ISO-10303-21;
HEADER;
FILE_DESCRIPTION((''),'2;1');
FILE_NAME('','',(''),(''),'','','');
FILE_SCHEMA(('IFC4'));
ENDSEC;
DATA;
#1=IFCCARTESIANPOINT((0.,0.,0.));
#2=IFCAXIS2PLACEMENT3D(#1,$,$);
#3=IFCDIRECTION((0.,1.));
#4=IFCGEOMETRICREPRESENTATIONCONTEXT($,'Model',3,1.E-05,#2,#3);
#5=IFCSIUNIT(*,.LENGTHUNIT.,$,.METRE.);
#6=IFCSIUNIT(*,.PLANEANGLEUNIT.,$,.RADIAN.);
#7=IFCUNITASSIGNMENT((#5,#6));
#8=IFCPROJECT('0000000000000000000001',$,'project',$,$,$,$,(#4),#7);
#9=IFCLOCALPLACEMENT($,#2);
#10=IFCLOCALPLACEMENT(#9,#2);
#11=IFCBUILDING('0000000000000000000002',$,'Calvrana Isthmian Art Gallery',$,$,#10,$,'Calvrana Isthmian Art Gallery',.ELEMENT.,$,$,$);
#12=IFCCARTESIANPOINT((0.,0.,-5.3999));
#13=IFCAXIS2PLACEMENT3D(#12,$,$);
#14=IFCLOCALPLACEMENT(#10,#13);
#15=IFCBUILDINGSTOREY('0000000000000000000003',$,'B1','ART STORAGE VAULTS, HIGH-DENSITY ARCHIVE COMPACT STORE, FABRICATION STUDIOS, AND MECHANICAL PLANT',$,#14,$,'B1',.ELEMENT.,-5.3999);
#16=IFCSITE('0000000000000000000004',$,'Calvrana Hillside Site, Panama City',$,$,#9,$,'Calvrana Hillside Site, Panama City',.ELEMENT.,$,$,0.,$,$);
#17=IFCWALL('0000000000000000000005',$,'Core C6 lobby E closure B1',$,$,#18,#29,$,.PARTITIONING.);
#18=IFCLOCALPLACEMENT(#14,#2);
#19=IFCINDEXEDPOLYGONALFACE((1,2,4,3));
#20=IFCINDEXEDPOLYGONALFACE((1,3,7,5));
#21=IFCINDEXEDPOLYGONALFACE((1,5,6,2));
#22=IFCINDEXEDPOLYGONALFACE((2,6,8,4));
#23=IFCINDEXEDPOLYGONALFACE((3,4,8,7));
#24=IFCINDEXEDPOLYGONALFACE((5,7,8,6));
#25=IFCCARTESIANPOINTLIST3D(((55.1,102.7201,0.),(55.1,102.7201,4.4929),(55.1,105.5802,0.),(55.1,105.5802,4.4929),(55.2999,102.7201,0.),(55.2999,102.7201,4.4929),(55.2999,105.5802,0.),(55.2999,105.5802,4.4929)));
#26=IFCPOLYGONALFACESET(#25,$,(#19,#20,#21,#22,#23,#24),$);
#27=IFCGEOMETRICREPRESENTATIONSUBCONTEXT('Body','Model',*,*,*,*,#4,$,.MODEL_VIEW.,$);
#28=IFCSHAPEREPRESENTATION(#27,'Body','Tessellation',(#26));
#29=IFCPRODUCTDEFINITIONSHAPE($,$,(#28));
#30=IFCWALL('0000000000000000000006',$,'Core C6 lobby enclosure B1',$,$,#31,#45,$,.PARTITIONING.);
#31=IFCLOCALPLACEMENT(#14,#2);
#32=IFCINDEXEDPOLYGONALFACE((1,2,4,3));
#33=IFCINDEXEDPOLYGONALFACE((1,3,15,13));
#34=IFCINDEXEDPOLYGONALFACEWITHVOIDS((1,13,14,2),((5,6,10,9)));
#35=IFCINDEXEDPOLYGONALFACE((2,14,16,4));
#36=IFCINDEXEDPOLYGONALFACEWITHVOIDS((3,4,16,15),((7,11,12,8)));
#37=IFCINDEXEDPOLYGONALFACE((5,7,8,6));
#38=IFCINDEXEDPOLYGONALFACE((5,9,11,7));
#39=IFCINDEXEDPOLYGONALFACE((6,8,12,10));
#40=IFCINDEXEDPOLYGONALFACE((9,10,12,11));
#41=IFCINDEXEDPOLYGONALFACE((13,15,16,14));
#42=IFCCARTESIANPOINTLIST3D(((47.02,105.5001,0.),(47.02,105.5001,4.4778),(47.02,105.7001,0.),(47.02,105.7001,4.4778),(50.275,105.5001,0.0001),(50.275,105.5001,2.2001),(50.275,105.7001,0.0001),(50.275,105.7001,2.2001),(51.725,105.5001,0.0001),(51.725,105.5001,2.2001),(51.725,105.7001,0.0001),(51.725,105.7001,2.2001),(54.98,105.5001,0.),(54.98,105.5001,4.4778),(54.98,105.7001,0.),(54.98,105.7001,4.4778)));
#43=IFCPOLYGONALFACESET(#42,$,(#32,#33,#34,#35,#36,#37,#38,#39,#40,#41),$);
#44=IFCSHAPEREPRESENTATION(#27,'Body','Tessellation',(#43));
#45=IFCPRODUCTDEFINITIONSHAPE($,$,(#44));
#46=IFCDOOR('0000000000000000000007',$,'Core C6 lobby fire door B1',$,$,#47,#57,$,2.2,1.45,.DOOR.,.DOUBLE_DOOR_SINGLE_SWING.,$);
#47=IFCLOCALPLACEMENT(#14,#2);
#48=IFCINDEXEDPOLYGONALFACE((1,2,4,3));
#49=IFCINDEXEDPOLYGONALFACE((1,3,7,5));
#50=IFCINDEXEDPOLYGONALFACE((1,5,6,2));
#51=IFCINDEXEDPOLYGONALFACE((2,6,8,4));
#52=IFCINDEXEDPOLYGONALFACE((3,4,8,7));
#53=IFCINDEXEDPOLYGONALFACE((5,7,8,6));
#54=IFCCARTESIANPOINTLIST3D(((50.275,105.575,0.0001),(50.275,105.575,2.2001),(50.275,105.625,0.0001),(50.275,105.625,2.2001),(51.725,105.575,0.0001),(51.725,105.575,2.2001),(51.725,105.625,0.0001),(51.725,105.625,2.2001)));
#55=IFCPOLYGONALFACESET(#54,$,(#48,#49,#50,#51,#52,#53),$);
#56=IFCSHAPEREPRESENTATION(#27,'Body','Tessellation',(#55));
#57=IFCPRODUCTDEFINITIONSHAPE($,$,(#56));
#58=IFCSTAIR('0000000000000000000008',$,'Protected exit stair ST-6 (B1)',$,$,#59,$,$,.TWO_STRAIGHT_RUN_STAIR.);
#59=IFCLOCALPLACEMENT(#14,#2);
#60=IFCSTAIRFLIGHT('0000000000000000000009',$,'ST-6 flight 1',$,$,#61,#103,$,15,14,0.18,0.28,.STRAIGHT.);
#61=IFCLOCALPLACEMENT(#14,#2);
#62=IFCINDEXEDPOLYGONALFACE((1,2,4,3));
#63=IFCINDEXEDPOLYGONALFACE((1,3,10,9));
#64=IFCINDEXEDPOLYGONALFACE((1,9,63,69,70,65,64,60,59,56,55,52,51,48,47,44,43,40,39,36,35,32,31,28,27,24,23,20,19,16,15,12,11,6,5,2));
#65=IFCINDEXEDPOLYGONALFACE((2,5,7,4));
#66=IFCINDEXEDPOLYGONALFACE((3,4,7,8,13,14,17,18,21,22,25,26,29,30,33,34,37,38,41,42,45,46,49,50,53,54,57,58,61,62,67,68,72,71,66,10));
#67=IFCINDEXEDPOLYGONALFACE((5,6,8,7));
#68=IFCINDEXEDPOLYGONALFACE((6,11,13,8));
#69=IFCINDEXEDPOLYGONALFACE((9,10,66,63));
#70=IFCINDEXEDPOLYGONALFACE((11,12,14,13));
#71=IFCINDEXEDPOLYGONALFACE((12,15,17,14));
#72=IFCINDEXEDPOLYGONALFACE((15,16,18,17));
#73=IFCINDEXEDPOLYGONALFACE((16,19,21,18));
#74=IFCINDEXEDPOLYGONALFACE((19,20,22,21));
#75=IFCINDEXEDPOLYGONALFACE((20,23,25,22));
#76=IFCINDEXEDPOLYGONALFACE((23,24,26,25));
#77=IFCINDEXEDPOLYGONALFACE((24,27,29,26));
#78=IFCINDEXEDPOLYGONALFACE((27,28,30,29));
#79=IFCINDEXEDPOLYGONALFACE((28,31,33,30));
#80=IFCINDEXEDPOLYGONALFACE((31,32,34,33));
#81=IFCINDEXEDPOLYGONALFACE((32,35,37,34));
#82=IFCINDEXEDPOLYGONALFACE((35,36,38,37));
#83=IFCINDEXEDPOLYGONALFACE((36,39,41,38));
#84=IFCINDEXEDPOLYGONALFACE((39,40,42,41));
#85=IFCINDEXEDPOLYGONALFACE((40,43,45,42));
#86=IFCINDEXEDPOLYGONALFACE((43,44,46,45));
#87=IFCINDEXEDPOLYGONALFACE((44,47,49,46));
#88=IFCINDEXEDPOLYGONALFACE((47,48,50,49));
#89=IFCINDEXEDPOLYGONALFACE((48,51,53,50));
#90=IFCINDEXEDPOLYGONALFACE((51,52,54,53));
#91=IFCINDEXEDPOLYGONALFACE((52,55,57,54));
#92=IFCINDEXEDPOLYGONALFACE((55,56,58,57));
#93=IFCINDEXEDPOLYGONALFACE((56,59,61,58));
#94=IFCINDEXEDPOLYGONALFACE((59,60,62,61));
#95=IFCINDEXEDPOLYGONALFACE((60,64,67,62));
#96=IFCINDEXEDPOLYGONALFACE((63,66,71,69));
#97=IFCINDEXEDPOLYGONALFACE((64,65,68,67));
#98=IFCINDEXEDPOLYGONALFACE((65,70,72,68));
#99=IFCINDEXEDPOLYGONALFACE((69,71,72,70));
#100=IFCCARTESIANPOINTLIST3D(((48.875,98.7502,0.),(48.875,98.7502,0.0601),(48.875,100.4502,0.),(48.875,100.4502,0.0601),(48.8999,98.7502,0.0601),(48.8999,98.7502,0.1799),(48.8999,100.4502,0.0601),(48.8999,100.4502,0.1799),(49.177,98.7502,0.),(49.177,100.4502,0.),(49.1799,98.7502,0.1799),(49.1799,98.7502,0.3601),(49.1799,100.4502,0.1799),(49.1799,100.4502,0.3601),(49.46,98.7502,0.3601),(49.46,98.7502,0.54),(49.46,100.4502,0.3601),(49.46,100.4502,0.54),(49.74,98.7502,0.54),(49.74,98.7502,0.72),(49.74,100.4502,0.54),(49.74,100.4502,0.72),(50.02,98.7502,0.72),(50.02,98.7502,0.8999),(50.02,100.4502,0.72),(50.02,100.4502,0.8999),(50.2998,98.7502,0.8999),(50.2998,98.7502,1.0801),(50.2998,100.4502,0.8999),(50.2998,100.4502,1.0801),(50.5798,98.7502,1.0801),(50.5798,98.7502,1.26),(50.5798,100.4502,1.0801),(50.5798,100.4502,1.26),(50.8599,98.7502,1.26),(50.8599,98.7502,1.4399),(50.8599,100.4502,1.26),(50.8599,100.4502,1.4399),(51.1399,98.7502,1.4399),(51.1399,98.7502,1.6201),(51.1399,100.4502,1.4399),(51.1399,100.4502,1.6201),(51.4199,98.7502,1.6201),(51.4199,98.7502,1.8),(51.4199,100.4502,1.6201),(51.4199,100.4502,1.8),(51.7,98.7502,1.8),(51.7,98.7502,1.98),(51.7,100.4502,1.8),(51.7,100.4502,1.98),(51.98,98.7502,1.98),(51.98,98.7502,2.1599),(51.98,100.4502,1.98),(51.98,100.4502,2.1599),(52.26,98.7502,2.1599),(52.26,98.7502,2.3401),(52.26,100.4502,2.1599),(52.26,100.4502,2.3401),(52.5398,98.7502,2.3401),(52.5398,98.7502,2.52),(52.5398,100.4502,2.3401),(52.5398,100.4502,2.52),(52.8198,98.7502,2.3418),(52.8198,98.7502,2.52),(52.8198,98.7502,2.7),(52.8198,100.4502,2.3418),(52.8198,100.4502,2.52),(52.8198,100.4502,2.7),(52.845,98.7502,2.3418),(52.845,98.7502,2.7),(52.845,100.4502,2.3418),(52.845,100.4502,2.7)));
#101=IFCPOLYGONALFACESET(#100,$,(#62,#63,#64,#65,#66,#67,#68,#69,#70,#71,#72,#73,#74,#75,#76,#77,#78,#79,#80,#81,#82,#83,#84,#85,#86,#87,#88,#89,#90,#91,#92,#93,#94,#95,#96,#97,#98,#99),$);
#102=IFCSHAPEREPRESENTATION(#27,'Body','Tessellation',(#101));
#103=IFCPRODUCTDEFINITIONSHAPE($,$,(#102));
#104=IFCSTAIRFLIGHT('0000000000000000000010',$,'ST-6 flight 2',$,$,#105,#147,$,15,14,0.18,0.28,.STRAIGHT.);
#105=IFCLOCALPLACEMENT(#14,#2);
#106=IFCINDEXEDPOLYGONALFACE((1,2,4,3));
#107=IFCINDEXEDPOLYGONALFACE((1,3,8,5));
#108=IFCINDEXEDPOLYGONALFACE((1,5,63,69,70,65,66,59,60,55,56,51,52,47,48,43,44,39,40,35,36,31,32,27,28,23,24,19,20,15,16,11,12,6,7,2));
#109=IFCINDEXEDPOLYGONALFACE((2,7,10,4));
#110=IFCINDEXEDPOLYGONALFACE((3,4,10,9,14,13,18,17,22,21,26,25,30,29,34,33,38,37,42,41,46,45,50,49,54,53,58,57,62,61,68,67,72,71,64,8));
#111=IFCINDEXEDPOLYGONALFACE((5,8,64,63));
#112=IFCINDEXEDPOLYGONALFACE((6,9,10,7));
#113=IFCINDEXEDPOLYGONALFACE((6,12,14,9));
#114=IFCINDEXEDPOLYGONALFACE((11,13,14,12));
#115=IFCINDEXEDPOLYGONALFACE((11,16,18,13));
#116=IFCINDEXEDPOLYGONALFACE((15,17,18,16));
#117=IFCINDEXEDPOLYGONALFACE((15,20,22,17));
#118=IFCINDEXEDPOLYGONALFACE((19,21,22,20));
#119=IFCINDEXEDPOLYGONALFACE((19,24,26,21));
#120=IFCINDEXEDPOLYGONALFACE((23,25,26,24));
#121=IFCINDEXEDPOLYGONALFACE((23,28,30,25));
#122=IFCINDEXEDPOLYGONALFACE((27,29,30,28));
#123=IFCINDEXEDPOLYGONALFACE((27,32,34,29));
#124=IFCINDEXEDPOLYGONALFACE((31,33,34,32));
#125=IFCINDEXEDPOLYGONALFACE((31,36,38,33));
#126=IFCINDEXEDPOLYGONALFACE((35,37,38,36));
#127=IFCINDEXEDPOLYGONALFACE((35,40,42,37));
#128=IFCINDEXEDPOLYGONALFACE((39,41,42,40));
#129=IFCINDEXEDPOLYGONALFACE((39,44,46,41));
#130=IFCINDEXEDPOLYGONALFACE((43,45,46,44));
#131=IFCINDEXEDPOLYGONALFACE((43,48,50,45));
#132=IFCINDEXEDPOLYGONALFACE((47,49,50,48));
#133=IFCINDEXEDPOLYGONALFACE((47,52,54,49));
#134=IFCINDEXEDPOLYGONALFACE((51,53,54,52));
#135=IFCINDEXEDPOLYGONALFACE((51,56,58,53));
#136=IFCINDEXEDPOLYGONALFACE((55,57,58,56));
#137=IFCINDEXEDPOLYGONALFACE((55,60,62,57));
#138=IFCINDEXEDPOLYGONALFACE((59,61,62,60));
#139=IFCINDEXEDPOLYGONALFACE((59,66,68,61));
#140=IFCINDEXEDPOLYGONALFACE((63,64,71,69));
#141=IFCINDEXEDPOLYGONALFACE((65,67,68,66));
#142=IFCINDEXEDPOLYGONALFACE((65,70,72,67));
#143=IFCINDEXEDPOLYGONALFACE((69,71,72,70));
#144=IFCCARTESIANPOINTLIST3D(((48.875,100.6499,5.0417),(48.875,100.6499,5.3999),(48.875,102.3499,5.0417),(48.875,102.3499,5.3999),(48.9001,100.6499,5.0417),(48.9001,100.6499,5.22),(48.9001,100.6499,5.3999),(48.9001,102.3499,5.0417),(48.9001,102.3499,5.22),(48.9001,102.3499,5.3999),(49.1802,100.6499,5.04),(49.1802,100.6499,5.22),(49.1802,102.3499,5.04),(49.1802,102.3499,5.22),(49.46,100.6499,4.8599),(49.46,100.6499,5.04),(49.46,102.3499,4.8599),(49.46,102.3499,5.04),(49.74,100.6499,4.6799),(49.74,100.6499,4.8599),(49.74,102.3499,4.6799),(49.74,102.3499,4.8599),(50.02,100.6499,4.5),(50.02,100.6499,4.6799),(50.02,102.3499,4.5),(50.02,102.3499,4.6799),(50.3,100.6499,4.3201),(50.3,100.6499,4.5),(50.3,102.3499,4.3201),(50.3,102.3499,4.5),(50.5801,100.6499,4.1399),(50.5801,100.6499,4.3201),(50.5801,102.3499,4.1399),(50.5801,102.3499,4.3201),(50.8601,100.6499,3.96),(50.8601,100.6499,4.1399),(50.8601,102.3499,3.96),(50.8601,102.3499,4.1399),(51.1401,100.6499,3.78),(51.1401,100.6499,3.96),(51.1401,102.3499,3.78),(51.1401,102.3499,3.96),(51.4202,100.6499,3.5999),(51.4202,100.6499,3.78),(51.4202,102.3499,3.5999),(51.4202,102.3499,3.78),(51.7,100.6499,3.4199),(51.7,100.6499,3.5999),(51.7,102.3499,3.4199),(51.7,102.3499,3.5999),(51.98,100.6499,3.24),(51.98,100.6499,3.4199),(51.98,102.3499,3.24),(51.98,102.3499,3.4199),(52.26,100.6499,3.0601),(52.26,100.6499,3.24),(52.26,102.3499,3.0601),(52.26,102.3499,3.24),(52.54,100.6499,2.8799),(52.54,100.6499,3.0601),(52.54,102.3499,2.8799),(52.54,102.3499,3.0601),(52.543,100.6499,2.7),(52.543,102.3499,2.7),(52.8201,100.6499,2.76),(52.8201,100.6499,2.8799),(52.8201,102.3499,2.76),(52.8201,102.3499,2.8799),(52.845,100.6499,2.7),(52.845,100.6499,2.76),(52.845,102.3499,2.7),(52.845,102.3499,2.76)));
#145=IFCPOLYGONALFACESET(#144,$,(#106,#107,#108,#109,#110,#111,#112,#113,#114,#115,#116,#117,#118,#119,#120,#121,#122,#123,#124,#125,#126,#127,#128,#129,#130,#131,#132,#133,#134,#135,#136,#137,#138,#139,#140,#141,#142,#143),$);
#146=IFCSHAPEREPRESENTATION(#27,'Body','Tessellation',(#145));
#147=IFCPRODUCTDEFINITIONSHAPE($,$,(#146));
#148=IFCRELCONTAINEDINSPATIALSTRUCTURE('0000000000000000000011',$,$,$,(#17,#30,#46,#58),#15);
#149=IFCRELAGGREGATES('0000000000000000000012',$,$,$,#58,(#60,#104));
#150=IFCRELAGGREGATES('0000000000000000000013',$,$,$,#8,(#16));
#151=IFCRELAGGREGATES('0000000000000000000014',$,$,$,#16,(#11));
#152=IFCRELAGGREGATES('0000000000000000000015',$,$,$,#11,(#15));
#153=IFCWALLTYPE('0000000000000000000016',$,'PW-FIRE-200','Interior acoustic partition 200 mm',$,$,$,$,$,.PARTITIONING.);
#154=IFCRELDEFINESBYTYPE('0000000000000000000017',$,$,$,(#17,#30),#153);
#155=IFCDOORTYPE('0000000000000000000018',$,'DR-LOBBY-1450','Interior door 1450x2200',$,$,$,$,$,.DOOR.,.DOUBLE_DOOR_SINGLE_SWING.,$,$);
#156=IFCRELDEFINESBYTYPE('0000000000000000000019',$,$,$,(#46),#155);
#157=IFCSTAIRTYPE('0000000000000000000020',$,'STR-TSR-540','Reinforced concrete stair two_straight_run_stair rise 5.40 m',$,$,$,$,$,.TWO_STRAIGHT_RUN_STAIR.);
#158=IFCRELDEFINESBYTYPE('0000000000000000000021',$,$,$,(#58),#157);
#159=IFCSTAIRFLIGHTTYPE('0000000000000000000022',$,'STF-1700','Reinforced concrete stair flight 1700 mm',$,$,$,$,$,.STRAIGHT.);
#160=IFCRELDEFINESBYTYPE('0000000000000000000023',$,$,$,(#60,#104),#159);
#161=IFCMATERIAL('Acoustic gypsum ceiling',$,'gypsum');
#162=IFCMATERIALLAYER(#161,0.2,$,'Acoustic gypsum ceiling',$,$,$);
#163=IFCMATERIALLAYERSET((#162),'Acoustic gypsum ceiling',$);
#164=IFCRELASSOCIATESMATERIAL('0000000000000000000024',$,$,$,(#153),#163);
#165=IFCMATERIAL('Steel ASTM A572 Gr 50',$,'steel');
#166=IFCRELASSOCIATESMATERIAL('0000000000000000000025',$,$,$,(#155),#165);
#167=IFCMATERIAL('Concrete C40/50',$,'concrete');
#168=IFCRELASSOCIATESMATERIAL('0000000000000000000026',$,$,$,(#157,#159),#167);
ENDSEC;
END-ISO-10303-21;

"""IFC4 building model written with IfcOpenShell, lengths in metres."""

from ifc_helpers import new_model, si_unit, direction, frame, frame_2d, origin, place, context, subcontext, project, spatial, polyline, rectangle, outline, extrude, material, layer, layer_set, type_object, element, fill, aggregate, save


model = new_model("IFC4")

# Units and contexts
model_context = context("Model", 3, precision=1e-05, world=origin(), true_north=direction((0.0, 1.0)))
body_context = subcontext(model_context, "Body", "Model", "MODEL_VIEW")
ifc_project = project(units=[si_unit("LENGTHUNIT", "METRE"), si_unit("PLANEANGLEUNIT", "RADIAN")], contexts=[model_context])

# Site, building, storey
site_placement = place(None, origin())
site = spatial("IfcSite", under=ifc_project, at=site_placement, Name="Calvrana Hillside Site, Panama City", LongName="Calvrana Hillside Site, Panama City", CompositionType="ELEMENT", RefElevation=0.0)
building_placement = place(site_placement, origin())
building = spatial("IfcBuilding", under=site, at=building_placement, Name="Calvrana Isthmian Art Gallery", LongName="Calvrana Isthmian Art Gallery", CompositionType="ELEMENT")
storey_placement = place(building_placement, frame((0.0, 0.0, -5.3999)))
storey = spatial("IfcBuildingStorey", under=building, at=storey_placement, Name="B1", Description="ART STORAGE VAULTS, HIGH-DENSITY ARCHIVE COMPACT STORE, FABRICATION STUDIOS, AND MECHANICAL PLANT", LongName="B1", CompositionType="ELEMENT", Elevation=-5.3999)

# Shared definitions
ifc_material_1 = material(Name="Concrete C40/50", Category="concrete")
ifc_material_2 = material(Name="Steel ASTM A572 Gr 50", Category="steel")

# Wall
ifc_material_3 = material(Name="Acoustic gypsum ceiling", Category="gypsum")
ifc_layer_1 = layer(ifc_material_3, 0.2, Name="Acoustic gypsum ceiling")
ifc_layer_set_1 = layer_set([ifc_layer_1], Name="Acoustic gypsum ceiling")
wall_type_1 = type_object("IfcWallType", Name="PW-FIRE-200", Description="Interior acoustic partition 200 mm", PredefinedType="PARTITIONING", material=ifc_layer_set_1)
wall_1_placement = place(storey_placement, frame((55.2, 102.72, 0.0), z_axis=(0.0, 0.0, 1.0), x_axis=(0.0, 1.0, 0.0)))
element("IfcWall", 1, at=wall_1_placement, inside=storey, type_object=wall_type_1, Name="Core C6 lobby E closure B1", PredefinedType="PARTITIONING", context=body_context, shape_type="SweptSolid", body=[
    extrude(rectangle(XDim=2.8601, YDim=0.2, at=frame_2d((1.4302, 0.0))), origin(), (0.0, 0.0, 1.0), 4.4929),
])

# Wall, opening, door
wall_2_placement = place(storey_placement, frame((47.02, 105.6001, 0.0), z_axis=(0.0, 0.0, 1.0), x_axis=(1.0, 0.0, 0.0)))
wall_2 = element("IfcWall", 2, at=wall_2_placement, inside=storey, type_object=wall_type_1, Name="Core C6 lobby enclosure B1", PredefinedType="PARTITIONING", context=body_context, shape_type="SweptSolid", body=[
    extrude(rectangle(XDim=7.96, YDim=0.2, at=frame_2d((3.98, 0.0))), origin(), (0.0, 0.0, 1.0), 4.4778),
])
opening_1_placement = place(wall_2_placement, frame((3.2549, 0.0, 0.0)))
opening_1 = element("IfcOpeningElement", 3, at=opening_1_placement, cuts=wall_2, PredefinedType="OPENING", context=body_context, shape_type="SweptSolid", body=[
    extrude(rectangle(XDim=1.45, YDim=2.2, at=frame_2d((0.7251, 1.1001))), frame((0.0, 0.1104, 0.0), z_axis=(0.0, -1.0, 0.0), x_axis=(1.0, 0.0, 0.0)), (0.0, 0.0, 1.0), 0.2205),
])
door_type_1 = type_object("IfcDoorType", Name="DR-LOBBY-1450", Description="Interior door 1450x2200", OperationType="DOUBLE_DOOR_SINGLE_SWING", PredefinedType="DOOR", material=ifc_material_2)
door_1_placement = place(opening_1_placement, origin())
door_1 = element("IfcDoor", 4, at=door_1_placement, inside=storey, type_object=door_type_1, Name="Core C6 lobby fire door B1", OperationType="DOUBLE_DOOR_SINGLE_SWING", OverallHeight=2.2, OverallWidth=1.45, PredefinedType="DOOR", context=body_context, shape_type="SweptSolid", body=[
    extrude(rectangle(XDim=1.45, YDim=2.2, at=frame_2d((0.7251, 1.1001))), frame((0.0, 0.0249, 0.0), z_axis=(0.0, -1.0, 0.0), x_axis=(1.0, 0.0, 0.0)), (0.0, 0.0, 1.0), 0.05),
])
fill(opening_1, door_1)

# Stair, stair flights
stair_type = type_object("IfcStairType", Name="STR-TSR-540", Description="Reinforced concrete stair two_straight_run_stair rise 5.40 m", PredefinedType="TWO_STRAIGHT_RUN_STAIR", material=ifc_material_1)
stair_placement = place(storey_placement, origin())
stair = element("IfcStair", 5, at=stair_placement, inside=storey, type_object=stair_type, Name="Protected exit stair ST-6 (B1)", PredefinedType="TWO_STRAIGHT_RUN_STAIR")
stair_flight_type = type_object("IfcStairFlightType", Name="STF-1700", Description="Reinforced concrete stair flight 1700 mm", PredefinedType="STRAIGHT", material=ifc_material_1)
stair_flight_1_placement = place(storey_placement, frame((48.8999, 99.6001, 0.0), z_axis=(0.0, 0.0, 1.0), x_axis=(1.0, 0.0, 0.0)))
stair_flight_1 = element("IfcStairFlight", 6, at=stair_flight_1_placement, type_object=stair_flight_type, Name="ST-6 flight 1", NumberOfRisers=15, NumberOfTreads=14, PredefinedType="STRAIGHT", RiserHeight=0.18, TreadLength=0.28, context=body_context, shape_type="SweptSolid", body=[
    extrude(outline(polyline([(-0.0249, 0.0), (-0.0249, 0.0601), (0.0, 0.0601), (0.0, 0.1799), (0.28, 0.1799), (0.28, 0.3601), (0.5601, 0.3601), (0.5601, 0.54), (0.8401, 0.54), (0.8401, 0.72), (1.1201, 0.72), (1.1201, 0.8999), (1.3999, 0.8999), (1.3999, 1.0801), (1.6799, 1.0801), (1.6799, 1.26), (1.96, 1.26), (1.96, 1.4399), (2.24, 1.4399), (2.24, 1.6201), (2.52, 1.6201), (2.52, 1.8), (2.8, 1.8), (2.8, 1.98), (3.0801, 1.98), (3.0801, 2.1599), (3.3601, 2.1599), (3.3601, 2.3401), (3.6399, 2.3401), (3.6399, 2.52), (3.9199, 2.52), (3.9199, 2.7), (3.9451, 2.7), (3.9451, 2.3418), (3.9199, 2.3418), (0.2771, 0.0), (-0.0249, 0.0)])), frame((0.0, 0.8501, 0.0), z_axis=(0.0, -1.0, 0.0), x_axis=(1.0, 0.0, 0.0)), (0.0, 0.0, 1.0), 1.7),
])
stair_flight_2_placement = place(storey_placement, frame((52.8201, 101.5, 2.7), z_axis=(0.0, 0.0, 1.0), x_axis=(-1.0, 0.0, 0.0)))
stair_flight_2 = element("IfcStairFlight", 7, at=stair_flight_2_placement, type_object=stair_flight_type, Name="ST-6 flight 2", NumberOfRisers=15, NumberOfTreads=14, PredefinedType="STRAIGHT", RiserHeight=0.18, TreadLength=0.28, context=body_context, shape_type="SweptSolid", body=[
    extrude(outline(polyline([(-0.0249, 0.0), (-0.0249, 0.0601), (0.0, 0.0601), (0.0, 0.1799), (0.28, 0.1799), (0.28, 0.3601), (0.5601, 0.3601), (0.5601, 0.54), (0.8401, 0.54), (0.8401, 0.72), (1.1201, 0.72), (1.1201, 0.8999), (1.3999, 0.8999), (1.3999, 1.0801), (1.6799, 1.0801), (1.6799, 1.26), (1.96, 1.26), (1.96, 1.4399), (2.24, 1.4399), (2.24, 1.6201), (2.52, 1.6201), (2.52, 1.8), (2.8, 1.8), (2.8, 1.98), (3.0801, 1.98), (3.0801, 2.1599), (3.3601, 2.1599), (3.3601, 2.3401), (3.6399, 2.3401), (3.6399, 2.52), (3.9199, 2.52), (3.9199, 2.7), (3.9451, 2.7), (3.9451, 2.3418), (3.9199, 2.3418), (0.2771, 0.0), (-0.0249, 0.0)])), frame((0.0, 0.8501, 0.0), z_axis=(0.0, -1.0, 0.0), x_axis=(1.0, 0.0, 0.0)), (0.0, 0.0, 1.0), 1.7),
])
aggregate(stair, [stair_flight_1, stair_flight_2])

save(model, "model.ifc")
